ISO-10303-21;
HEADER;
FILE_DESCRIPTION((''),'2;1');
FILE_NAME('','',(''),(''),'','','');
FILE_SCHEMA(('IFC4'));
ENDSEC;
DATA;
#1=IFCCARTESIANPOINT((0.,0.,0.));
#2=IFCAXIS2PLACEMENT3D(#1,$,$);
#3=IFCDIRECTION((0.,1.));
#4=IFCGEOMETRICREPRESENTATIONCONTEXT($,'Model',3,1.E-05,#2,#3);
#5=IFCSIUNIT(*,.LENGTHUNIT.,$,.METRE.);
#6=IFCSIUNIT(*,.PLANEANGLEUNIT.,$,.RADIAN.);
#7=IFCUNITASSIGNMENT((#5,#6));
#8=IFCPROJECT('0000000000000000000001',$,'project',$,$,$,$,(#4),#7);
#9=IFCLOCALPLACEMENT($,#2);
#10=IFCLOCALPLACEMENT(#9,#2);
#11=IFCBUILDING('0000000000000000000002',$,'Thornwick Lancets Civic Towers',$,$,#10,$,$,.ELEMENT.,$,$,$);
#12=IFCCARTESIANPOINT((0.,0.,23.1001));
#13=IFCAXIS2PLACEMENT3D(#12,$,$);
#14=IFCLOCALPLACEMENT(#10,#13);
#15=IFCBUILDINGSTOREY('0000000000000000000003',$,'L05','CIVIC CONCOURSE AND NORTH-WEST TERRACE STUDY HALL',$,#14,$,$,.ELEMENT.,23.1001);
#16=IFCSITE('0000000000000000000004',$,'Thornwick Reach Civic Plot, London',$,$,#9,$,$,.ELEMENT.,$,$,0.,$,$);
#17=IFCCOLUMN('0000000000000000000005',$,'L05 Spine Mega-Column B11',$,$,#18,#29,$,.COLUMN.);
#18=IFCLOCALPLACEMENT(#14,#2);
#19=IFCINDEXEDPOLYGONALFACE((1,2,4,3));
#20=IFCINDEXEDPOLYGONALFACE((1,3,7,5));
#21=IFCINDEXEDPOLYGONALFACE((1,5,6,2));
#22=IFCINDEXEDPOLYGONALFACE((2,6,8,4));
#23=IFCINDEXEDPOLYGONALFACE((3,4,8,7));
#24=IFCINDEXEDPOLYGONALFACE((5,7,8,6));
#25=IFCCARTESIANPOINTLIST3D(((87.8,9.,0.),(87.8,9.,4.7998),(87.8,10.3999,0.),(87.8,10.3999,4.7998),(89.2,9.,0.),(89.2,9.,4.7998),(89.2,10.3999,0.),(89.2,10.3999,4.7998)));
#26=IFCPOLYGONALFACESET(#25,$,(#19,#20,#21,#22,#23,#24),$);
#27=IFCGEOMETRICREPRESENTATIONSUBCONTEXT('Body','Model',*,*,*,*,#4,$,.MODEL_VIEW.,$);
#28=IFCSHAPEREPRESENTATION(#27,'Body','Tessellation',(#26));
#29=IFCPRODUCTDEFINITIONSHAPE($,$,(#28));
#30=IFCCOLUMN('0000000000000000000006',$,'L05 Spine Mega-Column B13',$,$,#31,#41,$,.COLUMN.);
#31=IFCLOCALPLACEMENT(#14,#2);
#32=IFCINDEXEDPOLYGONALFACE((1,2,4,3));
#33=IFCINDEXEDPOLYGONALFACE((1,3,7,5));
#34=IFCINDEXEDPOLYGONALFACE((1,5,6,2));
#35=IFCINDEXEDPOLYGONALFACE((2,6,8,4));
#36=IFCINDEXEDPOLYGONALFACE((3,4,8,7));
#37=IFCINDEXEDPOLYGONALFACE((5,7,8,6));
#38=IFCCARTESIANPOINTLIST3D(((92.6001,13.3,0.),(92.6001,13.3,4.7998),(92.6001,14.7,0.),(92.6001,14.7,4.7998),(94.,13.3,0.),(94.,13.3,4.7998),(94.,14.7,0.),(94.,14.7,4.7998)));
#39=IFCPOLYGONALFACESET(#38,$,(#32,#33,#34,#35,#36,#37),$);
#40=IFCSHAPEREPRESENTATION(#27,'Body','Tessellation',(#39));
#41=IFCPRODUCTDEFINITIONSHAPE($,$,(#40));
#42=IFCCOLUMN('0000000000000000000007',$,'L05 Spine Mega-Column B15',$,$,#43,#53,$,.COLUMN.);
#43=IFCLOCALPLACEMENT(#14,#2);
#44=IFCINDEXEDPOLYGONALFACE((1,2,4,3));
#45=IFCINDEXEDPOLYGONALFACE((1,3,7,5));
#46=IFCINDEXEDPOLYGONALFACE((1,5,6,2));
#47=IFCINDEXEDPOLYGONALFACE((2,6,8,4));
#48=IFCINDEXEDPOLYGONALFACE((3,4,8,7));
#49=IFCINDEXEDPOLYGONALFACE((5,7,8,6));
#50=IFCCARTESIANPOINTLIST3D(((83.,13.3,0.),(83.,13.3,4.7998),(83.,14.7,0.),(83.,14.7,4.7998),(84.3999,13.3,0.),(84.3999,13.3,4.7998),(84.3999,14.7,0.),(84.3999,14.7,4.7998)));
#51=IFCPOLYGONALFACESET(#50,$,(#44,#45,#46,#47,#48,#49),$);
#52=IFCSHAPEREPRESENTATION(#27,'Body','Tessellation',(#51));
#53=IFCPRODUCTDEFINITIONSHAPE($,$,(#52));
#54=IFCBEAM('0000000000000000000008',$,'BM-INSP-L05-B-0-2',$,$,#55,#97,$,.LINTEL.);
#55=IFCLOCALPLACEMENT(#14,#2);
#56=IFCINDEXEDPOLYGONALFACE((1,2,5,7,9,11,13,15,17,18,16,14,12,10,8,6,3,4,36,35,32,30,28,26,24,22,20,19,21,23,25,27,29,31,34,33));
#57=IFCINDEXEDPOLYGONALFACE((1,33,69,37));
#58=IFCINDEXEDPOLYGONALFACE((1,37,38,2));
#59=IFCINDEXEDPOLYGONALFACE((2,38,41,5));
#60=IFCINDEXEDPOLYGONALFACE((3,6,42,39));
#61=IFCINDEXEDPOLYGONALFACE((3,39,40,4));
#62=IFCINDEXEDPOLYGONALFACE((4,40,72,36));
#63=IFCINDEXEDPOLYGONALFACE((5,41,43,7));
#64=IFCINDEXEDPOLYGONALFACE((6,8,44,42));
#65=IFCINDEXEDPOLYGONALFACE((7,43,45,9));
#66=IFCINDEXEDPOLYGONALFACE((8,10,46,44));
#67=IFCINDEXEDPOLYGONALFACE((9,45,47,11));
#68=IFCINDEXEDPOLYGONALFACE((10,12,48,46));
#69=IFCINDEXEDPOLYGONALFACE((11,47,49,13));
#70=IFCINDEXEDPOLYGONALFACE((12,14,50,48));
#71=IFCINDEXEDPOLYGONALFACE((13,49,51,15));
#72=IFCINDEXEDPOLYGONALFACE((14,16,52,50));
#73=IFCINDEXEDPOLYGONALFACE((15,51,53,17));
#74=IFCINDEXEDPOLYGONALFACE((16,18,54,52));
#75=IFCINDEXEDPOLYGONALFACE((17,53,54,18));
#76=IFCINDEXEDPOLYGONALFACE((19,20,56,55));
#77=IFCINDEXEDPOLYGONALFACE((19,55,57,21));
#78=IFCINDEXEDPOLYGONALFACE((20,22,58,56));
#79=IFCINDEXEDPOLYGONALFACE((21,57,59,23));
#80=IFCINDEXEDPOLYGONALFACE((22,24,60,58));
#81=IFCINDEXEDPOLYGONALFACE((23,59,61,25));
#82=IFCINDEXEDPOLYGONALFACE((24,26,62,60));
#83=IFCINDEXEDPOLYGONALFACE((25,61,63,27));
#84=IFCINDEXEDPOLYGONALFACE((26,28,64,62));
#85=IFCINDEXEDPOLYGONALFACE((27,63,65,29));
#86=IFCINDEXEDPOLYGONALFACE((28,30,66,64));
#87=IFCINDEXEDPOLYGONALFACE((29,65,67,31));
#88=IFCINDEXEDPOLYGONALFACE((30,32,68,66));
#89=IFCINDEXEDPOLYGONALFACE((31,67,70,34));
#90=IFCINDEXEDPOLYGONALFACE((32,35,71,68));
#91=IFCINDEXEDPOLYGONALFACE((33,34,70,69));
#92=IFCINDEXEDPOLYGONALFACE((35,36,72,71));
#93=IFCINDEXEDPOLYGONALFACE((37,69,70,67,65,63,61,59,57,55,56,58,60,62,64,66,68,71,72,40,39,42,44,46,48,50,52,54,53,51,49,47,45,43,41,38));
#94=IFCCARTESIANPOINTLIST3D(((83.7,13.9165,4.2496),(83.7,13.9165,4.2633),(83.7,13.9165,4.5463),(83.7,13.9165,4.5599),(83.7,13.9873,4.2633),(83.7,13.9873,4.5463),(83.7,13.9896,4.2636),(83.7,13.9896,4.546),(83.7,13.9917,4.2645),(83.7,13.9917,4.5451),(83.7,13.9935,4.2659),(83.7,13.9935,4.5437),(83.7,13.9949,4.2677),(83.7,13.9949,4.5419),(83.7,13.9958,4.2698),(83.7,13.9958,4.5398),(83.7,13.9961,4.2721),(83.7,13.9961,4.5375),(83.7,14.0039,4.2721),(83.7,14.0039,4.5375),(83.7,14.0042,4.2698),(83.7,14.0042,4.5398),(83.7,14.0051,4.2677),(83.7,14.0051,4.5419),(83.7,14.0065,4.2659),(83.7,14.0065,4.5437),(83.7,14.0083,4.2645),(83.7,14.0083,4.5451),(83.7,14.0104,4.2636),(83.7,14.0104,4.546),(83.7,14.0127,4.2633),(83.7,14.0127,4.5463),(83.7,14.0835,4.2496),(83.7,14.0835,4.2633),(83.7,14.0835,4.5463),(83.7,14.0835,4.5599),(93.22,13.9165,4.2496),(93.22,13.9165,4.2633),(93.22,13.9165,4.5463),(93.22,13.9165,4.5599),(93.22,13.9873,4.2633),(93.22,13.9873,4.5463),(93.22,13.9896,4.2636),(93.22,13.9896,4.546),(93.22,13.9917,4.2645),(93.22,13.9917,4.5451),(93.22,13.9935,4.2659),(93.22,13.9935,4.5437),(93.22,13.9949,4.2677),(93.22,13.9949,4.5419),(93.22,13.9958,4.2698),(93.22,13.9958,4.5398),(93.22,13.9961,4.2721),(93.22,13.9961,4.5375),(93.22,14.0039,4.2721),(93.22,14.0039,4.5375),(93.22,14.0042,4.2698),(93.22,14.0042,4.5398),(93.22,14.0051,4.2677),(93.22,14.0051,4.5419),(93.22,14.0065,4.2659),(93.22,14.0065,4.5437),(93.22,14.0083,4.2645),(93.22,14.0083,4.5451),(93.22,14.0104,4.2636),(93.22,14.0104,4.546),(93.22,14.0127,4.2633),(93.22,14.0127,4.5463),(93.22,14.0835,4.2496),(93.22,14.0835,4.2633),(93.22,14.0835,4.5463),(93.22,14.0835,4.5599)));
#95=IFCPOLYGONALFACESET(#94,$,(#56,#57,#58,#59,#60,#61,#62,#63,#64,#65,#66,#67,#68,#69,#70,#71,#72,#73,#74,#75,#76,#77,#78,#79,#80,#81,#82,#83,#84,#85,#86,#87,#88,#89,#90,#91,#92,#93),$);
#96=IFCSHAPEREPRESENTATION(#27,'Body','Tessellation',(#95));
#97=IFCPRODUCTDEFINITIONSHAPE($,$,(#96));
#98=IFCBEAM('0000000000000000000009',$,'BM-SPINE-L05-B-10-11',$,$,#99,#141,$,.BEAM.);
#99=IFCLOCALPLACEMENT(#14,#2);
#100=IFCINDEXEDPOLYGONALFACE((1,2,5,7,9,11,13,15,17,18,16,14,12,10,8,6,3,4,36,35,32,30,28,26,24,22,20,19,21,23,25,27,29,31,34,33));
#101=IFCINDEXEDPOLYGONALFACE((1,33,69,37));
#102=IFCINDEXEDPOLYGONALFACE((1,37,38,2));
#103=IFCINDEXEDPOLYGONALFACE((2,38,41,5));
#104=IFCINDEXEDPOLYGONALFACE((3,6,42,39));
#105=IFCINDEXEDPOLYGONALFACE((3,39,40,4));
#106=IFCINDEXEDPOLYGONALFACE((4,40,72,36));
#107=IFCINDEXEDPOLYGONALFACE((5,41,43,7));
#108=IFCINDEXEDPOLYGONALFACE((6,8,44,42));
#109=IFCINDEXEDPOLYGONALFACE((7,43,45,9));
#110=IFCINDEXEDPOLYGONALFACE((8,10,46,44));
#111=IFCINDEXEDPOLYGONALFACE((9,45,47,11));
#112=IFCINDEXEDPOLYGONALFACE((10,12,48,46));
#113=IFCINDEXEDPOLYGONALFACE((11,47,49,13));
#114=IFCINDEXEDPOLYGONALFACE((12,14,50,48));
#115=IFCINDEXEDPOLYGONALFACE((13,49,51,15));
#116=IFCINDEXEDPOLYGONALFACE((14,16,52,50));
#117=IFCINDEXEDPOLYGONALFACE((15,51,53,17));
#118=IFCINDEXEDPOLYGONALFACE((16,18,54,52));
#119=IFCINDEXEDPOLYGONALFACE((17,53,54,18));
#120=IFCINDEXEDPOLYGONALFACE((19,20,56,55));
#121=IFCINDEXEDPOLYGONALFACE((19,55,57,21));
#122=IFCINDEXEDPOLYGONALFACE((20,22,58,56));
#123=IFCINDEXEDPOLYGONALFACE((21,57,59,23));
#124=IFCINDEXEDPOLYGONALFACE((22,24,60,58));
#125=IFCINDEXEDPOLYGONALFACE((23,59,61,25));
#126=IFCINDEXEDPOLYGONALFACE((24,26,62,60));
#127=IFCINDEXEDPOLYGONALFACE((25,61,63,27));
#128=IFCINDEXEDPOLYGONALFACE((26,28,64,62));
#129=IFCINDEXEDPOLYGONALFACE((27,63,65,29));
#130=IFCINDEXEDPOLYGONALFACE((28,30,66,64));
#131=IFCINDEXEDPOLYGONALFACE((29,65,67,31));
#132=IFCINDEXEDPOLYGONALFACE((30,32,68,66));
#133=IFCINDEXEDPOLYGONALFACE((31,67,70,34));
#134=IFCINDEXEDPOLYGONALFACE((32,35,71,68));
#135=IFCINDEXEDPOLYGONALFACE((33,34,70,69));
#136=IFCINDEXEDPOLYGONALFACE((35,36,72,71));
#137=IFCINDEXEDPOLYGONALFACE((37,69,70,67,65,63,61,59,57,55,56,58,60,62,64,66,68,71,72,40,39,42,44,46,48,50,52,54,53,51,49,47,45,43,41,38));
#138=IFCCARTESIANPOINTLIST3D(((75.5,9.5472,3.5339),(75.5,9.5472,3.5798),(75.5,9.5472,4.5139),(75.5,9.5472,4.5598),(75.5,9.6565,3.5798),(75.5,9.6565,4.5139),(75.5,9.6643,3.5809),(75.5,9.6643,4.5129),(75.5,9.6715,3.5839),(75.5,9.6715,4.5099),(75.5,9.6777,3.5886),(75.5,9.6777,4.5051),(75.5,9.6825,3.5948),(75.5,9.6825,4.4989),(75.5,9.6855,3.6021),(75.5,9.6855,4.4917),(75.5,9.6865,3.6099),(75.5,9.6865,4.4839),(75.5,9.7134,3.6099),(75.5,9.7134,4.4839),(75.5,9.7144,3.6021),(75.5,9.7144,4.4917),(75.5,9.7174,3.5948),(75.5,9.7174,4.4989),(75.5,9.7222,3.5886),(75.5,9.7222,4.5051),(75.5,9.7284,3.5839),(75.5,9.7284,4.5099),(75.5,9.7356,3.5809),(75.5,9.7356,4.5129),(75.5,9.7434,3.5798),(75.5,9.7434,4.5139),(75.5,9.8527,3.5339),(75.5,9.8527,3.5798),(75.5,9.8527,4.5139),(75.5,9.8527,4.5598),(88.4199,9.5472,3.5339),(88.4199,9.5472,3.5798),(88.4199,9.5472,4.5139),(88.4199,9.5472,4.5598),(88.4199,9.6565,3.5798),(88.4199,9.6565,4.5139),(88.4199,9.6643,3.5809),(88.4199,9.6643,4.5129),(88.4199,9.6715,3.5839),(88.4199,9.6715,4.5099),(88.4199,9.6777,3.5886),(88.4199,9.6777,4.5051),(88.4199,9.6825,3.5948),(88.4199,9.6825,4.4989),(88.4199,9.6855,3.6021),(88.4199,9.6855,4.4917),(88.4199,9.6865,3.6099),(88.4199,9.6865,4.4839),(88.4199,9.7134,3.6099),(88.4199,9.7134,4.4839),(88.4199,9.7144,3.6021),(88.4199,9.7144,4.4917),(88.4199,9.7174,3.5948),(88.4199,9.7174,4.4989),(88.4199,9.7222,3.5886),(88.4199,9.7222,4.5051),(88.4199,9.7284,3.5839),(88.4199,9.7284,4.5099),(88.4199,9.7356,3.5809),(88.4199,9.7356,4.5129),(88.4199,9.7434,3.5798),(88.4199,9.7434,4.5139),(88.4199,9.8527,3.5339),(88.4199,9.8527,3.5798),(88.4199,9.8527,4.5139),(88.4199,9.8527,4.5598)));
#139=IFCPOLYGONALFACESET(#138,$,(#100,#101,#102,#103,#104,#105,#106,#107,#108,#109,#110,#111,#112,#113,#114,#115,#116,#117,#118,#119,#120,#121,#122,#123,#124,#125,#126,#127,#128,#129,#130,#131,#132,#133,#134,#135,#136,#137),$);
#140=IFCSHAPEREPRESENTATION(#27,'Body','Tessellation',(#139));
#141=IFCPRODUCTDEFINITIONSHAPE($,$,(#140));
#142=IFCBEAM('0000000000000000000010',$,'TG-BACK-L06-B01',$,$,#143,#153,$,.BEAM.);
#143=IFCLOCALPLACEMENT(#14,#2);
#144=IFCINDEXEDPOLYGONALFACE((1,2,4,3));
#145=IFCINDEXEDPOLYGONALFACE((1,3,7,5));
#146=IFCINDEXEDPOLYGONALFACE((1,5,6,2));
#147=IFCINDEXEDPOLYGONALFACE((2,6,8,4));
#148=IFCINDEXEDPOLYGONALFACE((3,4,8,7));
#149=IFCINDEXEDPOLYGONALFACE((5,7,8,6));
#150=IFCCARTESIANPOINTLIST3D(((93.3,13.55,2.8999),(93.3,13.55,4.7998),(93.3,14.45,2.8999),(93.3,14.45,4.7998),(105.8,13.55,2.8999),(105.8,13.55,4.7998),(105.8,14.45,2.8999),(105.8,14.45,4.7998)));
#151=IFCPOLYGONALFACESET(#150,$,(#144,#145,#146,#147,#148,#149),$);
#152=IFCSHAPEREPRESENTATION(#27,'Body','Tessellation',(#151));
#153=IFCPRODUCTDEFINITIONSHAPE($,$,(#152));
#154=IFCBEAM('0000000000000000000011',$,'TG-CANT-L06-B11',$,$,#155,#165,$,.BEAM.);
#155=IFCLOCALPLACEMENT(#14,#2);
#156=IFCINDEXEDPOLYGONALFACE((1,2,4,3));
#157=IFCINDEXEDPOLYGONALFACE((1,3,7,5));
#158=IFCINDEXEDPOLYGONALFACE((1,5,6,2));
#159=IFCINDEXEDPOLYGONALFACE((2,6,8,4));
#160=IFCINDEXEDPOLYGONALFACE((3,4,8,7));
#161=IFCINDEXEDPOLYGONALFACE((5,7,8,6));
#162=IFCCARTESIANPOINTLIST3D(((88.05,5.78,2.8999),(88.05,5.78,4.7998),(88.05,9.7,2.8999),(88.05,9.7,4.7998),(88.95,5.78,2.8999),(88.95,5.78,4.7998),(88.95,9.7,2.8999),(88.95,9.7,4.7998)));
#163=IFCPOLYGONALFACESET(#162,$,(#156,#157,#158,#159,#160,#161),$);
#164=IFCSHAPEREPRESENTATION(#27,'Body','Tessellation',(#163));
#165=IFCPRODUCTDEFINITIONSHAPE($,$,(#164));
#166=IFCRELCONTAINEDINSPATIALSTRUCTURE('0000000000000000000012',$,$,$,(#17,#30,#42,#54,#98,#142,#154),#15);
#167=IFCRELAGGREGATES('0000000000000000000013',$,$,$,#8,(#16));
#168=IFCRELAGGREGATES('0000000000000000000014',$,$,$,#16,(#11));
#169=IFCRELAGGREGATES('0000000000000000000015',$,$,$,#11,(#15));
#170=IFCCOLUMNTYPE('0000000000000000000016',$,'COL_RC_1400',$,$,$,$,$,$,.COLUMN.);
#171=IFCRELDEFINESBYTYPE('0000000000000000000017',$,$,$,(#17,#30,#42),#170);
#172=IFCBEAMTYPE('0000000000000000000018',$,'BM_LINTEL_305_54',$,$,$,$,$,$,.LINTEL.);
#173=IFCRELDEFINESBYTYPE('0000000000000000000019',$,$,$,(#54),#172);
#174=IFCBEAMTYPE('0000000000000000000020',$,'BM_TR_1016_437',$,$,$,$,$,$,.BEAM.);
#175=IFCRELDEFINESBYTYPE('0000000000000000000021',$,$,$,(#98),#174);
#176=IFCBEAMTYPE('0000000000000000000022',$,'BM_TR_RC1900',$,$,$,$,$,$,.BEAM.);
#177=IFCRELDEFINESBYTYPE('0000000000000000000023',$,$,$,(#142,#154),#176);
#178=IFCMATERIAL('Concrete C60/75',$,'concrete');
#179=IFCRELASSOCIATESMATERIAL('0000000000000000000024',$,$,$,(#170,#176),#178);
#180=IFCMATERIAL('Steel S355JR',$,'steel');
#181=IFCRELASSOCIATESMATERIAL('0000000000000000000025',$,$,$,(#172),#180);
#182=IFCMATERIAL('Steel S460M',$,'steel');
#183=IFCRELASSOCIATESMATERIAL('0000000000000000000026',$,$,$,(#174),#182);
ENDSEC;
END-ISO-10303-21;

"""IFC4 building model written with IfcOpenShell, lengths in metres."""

from ifc_helpers import new_model, si_unit, direction, frame, origin, origin_2d, place, context, subcontext, project, spatial, rectangle, i_section, extrude, material, material_profile, profile_set, type_object, element, save


model = new_model("IFC4")

# Units and contexts
model_context = context("Model", 3, precision=1e-05, world=origin(), true_north=direction((0.0, 1.0)))
body_context = subcontext(model_context, "Body", "Model", "MODEL_VIEW")
ifc_project = project(units=[si_unit("LENGTHUNIT", "METRE"), si_unit("PLANEANGLEUNIT", "RADIAN")], contexts=[model_context])

# Site, building, storey
site_placement = place(None, origin())
site = spatial("IfcSite", under=ifc_project, at=site_placement, Name="Thornwick Reach Civic Plot, London", CompositionType="ELEMENT", RefElevation=0.0)
building_placement = place(site_placement, origin())
building = spatial("IfcBuilding", under=site, at=building_placement, Name="Thornwick Lancets Civic Towers", CompositionType="ELEMENT")
storey_placement = place(building_placement, frame((0.0, 0.0, 23.1001)))
storey = spatial("IfcBuildingStorey", under=building, at=storey_placement, Name="L05", Description="CIVIC CONCOURSE AND NORTH-WEST TERRACE STUDY HALL", CompositionType="ELEMENT", Elevation=23.1001)

# Columns
ifc_material_1 = material(Name="Concrete C60/75", Category="concrete")
ifc_material_profile_1 = material_profile(ifc_material_1, rectangle(XDim=1.3999, YDim=1.3999, at=origin_2d()), Name="RC 1400x1400")
ifc_profile_set_1 = profile_set([ifc_material_profile_1], Name="Concrete C60/75")
column_type = type_object("IfcColumnType", Name="COL_RC_1400", PredefinedType="COLUMN", material=ifc_profile_set_1)
for number, where, z_axis, x_axis, name in (
    (1, (88.5, 9.7, 0.0), (0.0, 0.0, 1.0), (1.0, 0.0, 0.0), "L05 Spine Mega-Column B11"),
    (2, (93.3, 14.0, 0.0), (0.0, 0.0, 1.0), (1.0, 0.0, 0.0), "L05 Spine Mega-Column B13"),
    (3, (83.7, 14.0, 0.0), (0.0, 0.0, 1.0), (1.0, 0.0, 0.0), "L05 Spine Mega-Column B15"),
):
    element("IfcColumn", number, at=place(storey_placement, frame(where, z_axis=z_axis, x_axis=x_axis)), inside=storey, type_object=column_type, Name=name, PredefinedType="COLUMN", context=body_context, shape_type="SweptSolid", body=[
        extrude(rectangle(XDim=1.3999, YDim=1.3999, at=origin_2d()), origin(), (0.0, 0.0, 1.0), 4.7998),
    ])

# Beams
ifc_material_2 = material(Name="Steel S355JR", Category="steel")
ifc_material_profile_2 = material_profile(ifc_material_2, i_section(OverallWidth=0.167, OverallDepth=0.3103, WebThickness=0.0078, FlangeThickness=0.0137, FilletRadius=0.0088, at=origin_2d()), Name="UKB 305x165x54")
ifc_profile_set_2 = profile_set([ifc_material_profile_2], Name="Steel S355JR")
beam_type_1 = type_object("IfcBeamType", Name="BM_LINTEL_305_54", PredefinedType="LINTEL", material=ifc_profile_set_2)
beam_1_placement = place(storey_placement, frame((93.22, 14.0, 4.4048), z_axis=(-1.0, 0.0, 0.0), x_axis=(0.0, -1.0, 0.0)))
element("IfcBeam", 4, at=beam_1_placement, inside=storey, type_object=beam_type_1, Name="BM-INSP-L05-B-0-2", PredefinedType="LINTEL", context=body_context, shape_type="SweptSolid", body=[
    extrude(i_section(OverallWidth=0.167, OverallDepth=0.3103, WebThickness=0.0078, FlangeThickness=0.0137, FilletRadius=0.0088, at=origin_2d()), origin(), (0.0, 0.0, 1.0), 9.52),
])
ifc_material_3 = material(Name="Steel S460M", Category="steel")
ifc_material_profile_3 = material_profile(ifc_material_3, i_section(OverallWidth=0.3054, OverallDepth=1.0259, WebThickness=0.0269, FlangeThickness=0.0459, FilletRadius=0.03, at=origin_2d()), Name="UKB 1016x305x437")
ifc_profile_set_3 = profile_set([ifc_material_profile_3], Name="Steel S460M")
beam_type_2 = type_object("IfcBeamType", Name="BM_TR_1016_437", PredefinedType="BEAM", material=ifc_profile_set_3)
beam_2_placement = place(storey_placement, frame((88.4199, 9.7, 4.0469), z_axis=(-1.0, 0.0, 0.0), x_axis=(0.0, -1.0, 0.0)))
element("IfcBeam", 5, at=beam_2_placement, inside=storey, type_object=beam_type_2, Name="BM-SPINE-L05-B-10-11", PredefinedType="BEAM", context=body_context, shape_type="SweptSolid", body=[
    extrude(i_section(OverallWidth=0.3054, OverallDepth=1.0259, WebThickness=0.0269, FlangeThickness=0.0459, FilletRadius=0.03, at=origin_2d()), origin(), (0.0, 0.0, 1.0), 12.9199),
])
ifc_material_profile_4 = material_profile(ifc_material_1, rectangle(XDim=0.8999, YDim=1.8999, at=origin_2d()), Name="RC 900x1900")
ifc_profile_set_4 = profile_set([ifc_material_profile_4], Name="Concrete C60/75")
beam_type_3 = type_object("IfcBeamType", Name="BM_TR_RC1900", PredefinedType="BEAM", material=ifc_profile_set_4)
beam_3_placement = place(storey_placement, frame((93.3, 14.0, 3.8499), z_axis=(1.0, 0.0, 0.0), x_axis=(0.0, 1.0, 0.0)))
element("IfcBeam", 6, at=beam_3_placement, inside=storey, type_object=beam_type_3, Name="TG-BACK-L06-B01", PredefinedType="BEAM", context=body_context, shape_type="SweptSolid", body=[
    extrude(rectangle(XDim=0.8999, YDim=1.8999, at=origin_2d()), origin(), (0.0, 0.0, 1.0), 12.5),
])
beam_4_placement = place(storey_placement, frame((88.5, 9.7, 3.8499), z_axis=(0.0, -1.0, 0.0), x_axis=(1.0, 0.0, 0.0)))
element("IfcBeam", 7, at=beam_4_placement, inside=storey, type_object=beam_type_3, Name="TG-CANT-L06-B11", PredefinedType="BEAM", context=body_context, shape_type="SweptSolid", body=[
    extrude(rectangle(XDim=0.8999, YDim=1.8999, at=origin_2d()), origin(), (0.0, 0.0, 1.0), 3.9199),
])

save(model, "model.ifc")
